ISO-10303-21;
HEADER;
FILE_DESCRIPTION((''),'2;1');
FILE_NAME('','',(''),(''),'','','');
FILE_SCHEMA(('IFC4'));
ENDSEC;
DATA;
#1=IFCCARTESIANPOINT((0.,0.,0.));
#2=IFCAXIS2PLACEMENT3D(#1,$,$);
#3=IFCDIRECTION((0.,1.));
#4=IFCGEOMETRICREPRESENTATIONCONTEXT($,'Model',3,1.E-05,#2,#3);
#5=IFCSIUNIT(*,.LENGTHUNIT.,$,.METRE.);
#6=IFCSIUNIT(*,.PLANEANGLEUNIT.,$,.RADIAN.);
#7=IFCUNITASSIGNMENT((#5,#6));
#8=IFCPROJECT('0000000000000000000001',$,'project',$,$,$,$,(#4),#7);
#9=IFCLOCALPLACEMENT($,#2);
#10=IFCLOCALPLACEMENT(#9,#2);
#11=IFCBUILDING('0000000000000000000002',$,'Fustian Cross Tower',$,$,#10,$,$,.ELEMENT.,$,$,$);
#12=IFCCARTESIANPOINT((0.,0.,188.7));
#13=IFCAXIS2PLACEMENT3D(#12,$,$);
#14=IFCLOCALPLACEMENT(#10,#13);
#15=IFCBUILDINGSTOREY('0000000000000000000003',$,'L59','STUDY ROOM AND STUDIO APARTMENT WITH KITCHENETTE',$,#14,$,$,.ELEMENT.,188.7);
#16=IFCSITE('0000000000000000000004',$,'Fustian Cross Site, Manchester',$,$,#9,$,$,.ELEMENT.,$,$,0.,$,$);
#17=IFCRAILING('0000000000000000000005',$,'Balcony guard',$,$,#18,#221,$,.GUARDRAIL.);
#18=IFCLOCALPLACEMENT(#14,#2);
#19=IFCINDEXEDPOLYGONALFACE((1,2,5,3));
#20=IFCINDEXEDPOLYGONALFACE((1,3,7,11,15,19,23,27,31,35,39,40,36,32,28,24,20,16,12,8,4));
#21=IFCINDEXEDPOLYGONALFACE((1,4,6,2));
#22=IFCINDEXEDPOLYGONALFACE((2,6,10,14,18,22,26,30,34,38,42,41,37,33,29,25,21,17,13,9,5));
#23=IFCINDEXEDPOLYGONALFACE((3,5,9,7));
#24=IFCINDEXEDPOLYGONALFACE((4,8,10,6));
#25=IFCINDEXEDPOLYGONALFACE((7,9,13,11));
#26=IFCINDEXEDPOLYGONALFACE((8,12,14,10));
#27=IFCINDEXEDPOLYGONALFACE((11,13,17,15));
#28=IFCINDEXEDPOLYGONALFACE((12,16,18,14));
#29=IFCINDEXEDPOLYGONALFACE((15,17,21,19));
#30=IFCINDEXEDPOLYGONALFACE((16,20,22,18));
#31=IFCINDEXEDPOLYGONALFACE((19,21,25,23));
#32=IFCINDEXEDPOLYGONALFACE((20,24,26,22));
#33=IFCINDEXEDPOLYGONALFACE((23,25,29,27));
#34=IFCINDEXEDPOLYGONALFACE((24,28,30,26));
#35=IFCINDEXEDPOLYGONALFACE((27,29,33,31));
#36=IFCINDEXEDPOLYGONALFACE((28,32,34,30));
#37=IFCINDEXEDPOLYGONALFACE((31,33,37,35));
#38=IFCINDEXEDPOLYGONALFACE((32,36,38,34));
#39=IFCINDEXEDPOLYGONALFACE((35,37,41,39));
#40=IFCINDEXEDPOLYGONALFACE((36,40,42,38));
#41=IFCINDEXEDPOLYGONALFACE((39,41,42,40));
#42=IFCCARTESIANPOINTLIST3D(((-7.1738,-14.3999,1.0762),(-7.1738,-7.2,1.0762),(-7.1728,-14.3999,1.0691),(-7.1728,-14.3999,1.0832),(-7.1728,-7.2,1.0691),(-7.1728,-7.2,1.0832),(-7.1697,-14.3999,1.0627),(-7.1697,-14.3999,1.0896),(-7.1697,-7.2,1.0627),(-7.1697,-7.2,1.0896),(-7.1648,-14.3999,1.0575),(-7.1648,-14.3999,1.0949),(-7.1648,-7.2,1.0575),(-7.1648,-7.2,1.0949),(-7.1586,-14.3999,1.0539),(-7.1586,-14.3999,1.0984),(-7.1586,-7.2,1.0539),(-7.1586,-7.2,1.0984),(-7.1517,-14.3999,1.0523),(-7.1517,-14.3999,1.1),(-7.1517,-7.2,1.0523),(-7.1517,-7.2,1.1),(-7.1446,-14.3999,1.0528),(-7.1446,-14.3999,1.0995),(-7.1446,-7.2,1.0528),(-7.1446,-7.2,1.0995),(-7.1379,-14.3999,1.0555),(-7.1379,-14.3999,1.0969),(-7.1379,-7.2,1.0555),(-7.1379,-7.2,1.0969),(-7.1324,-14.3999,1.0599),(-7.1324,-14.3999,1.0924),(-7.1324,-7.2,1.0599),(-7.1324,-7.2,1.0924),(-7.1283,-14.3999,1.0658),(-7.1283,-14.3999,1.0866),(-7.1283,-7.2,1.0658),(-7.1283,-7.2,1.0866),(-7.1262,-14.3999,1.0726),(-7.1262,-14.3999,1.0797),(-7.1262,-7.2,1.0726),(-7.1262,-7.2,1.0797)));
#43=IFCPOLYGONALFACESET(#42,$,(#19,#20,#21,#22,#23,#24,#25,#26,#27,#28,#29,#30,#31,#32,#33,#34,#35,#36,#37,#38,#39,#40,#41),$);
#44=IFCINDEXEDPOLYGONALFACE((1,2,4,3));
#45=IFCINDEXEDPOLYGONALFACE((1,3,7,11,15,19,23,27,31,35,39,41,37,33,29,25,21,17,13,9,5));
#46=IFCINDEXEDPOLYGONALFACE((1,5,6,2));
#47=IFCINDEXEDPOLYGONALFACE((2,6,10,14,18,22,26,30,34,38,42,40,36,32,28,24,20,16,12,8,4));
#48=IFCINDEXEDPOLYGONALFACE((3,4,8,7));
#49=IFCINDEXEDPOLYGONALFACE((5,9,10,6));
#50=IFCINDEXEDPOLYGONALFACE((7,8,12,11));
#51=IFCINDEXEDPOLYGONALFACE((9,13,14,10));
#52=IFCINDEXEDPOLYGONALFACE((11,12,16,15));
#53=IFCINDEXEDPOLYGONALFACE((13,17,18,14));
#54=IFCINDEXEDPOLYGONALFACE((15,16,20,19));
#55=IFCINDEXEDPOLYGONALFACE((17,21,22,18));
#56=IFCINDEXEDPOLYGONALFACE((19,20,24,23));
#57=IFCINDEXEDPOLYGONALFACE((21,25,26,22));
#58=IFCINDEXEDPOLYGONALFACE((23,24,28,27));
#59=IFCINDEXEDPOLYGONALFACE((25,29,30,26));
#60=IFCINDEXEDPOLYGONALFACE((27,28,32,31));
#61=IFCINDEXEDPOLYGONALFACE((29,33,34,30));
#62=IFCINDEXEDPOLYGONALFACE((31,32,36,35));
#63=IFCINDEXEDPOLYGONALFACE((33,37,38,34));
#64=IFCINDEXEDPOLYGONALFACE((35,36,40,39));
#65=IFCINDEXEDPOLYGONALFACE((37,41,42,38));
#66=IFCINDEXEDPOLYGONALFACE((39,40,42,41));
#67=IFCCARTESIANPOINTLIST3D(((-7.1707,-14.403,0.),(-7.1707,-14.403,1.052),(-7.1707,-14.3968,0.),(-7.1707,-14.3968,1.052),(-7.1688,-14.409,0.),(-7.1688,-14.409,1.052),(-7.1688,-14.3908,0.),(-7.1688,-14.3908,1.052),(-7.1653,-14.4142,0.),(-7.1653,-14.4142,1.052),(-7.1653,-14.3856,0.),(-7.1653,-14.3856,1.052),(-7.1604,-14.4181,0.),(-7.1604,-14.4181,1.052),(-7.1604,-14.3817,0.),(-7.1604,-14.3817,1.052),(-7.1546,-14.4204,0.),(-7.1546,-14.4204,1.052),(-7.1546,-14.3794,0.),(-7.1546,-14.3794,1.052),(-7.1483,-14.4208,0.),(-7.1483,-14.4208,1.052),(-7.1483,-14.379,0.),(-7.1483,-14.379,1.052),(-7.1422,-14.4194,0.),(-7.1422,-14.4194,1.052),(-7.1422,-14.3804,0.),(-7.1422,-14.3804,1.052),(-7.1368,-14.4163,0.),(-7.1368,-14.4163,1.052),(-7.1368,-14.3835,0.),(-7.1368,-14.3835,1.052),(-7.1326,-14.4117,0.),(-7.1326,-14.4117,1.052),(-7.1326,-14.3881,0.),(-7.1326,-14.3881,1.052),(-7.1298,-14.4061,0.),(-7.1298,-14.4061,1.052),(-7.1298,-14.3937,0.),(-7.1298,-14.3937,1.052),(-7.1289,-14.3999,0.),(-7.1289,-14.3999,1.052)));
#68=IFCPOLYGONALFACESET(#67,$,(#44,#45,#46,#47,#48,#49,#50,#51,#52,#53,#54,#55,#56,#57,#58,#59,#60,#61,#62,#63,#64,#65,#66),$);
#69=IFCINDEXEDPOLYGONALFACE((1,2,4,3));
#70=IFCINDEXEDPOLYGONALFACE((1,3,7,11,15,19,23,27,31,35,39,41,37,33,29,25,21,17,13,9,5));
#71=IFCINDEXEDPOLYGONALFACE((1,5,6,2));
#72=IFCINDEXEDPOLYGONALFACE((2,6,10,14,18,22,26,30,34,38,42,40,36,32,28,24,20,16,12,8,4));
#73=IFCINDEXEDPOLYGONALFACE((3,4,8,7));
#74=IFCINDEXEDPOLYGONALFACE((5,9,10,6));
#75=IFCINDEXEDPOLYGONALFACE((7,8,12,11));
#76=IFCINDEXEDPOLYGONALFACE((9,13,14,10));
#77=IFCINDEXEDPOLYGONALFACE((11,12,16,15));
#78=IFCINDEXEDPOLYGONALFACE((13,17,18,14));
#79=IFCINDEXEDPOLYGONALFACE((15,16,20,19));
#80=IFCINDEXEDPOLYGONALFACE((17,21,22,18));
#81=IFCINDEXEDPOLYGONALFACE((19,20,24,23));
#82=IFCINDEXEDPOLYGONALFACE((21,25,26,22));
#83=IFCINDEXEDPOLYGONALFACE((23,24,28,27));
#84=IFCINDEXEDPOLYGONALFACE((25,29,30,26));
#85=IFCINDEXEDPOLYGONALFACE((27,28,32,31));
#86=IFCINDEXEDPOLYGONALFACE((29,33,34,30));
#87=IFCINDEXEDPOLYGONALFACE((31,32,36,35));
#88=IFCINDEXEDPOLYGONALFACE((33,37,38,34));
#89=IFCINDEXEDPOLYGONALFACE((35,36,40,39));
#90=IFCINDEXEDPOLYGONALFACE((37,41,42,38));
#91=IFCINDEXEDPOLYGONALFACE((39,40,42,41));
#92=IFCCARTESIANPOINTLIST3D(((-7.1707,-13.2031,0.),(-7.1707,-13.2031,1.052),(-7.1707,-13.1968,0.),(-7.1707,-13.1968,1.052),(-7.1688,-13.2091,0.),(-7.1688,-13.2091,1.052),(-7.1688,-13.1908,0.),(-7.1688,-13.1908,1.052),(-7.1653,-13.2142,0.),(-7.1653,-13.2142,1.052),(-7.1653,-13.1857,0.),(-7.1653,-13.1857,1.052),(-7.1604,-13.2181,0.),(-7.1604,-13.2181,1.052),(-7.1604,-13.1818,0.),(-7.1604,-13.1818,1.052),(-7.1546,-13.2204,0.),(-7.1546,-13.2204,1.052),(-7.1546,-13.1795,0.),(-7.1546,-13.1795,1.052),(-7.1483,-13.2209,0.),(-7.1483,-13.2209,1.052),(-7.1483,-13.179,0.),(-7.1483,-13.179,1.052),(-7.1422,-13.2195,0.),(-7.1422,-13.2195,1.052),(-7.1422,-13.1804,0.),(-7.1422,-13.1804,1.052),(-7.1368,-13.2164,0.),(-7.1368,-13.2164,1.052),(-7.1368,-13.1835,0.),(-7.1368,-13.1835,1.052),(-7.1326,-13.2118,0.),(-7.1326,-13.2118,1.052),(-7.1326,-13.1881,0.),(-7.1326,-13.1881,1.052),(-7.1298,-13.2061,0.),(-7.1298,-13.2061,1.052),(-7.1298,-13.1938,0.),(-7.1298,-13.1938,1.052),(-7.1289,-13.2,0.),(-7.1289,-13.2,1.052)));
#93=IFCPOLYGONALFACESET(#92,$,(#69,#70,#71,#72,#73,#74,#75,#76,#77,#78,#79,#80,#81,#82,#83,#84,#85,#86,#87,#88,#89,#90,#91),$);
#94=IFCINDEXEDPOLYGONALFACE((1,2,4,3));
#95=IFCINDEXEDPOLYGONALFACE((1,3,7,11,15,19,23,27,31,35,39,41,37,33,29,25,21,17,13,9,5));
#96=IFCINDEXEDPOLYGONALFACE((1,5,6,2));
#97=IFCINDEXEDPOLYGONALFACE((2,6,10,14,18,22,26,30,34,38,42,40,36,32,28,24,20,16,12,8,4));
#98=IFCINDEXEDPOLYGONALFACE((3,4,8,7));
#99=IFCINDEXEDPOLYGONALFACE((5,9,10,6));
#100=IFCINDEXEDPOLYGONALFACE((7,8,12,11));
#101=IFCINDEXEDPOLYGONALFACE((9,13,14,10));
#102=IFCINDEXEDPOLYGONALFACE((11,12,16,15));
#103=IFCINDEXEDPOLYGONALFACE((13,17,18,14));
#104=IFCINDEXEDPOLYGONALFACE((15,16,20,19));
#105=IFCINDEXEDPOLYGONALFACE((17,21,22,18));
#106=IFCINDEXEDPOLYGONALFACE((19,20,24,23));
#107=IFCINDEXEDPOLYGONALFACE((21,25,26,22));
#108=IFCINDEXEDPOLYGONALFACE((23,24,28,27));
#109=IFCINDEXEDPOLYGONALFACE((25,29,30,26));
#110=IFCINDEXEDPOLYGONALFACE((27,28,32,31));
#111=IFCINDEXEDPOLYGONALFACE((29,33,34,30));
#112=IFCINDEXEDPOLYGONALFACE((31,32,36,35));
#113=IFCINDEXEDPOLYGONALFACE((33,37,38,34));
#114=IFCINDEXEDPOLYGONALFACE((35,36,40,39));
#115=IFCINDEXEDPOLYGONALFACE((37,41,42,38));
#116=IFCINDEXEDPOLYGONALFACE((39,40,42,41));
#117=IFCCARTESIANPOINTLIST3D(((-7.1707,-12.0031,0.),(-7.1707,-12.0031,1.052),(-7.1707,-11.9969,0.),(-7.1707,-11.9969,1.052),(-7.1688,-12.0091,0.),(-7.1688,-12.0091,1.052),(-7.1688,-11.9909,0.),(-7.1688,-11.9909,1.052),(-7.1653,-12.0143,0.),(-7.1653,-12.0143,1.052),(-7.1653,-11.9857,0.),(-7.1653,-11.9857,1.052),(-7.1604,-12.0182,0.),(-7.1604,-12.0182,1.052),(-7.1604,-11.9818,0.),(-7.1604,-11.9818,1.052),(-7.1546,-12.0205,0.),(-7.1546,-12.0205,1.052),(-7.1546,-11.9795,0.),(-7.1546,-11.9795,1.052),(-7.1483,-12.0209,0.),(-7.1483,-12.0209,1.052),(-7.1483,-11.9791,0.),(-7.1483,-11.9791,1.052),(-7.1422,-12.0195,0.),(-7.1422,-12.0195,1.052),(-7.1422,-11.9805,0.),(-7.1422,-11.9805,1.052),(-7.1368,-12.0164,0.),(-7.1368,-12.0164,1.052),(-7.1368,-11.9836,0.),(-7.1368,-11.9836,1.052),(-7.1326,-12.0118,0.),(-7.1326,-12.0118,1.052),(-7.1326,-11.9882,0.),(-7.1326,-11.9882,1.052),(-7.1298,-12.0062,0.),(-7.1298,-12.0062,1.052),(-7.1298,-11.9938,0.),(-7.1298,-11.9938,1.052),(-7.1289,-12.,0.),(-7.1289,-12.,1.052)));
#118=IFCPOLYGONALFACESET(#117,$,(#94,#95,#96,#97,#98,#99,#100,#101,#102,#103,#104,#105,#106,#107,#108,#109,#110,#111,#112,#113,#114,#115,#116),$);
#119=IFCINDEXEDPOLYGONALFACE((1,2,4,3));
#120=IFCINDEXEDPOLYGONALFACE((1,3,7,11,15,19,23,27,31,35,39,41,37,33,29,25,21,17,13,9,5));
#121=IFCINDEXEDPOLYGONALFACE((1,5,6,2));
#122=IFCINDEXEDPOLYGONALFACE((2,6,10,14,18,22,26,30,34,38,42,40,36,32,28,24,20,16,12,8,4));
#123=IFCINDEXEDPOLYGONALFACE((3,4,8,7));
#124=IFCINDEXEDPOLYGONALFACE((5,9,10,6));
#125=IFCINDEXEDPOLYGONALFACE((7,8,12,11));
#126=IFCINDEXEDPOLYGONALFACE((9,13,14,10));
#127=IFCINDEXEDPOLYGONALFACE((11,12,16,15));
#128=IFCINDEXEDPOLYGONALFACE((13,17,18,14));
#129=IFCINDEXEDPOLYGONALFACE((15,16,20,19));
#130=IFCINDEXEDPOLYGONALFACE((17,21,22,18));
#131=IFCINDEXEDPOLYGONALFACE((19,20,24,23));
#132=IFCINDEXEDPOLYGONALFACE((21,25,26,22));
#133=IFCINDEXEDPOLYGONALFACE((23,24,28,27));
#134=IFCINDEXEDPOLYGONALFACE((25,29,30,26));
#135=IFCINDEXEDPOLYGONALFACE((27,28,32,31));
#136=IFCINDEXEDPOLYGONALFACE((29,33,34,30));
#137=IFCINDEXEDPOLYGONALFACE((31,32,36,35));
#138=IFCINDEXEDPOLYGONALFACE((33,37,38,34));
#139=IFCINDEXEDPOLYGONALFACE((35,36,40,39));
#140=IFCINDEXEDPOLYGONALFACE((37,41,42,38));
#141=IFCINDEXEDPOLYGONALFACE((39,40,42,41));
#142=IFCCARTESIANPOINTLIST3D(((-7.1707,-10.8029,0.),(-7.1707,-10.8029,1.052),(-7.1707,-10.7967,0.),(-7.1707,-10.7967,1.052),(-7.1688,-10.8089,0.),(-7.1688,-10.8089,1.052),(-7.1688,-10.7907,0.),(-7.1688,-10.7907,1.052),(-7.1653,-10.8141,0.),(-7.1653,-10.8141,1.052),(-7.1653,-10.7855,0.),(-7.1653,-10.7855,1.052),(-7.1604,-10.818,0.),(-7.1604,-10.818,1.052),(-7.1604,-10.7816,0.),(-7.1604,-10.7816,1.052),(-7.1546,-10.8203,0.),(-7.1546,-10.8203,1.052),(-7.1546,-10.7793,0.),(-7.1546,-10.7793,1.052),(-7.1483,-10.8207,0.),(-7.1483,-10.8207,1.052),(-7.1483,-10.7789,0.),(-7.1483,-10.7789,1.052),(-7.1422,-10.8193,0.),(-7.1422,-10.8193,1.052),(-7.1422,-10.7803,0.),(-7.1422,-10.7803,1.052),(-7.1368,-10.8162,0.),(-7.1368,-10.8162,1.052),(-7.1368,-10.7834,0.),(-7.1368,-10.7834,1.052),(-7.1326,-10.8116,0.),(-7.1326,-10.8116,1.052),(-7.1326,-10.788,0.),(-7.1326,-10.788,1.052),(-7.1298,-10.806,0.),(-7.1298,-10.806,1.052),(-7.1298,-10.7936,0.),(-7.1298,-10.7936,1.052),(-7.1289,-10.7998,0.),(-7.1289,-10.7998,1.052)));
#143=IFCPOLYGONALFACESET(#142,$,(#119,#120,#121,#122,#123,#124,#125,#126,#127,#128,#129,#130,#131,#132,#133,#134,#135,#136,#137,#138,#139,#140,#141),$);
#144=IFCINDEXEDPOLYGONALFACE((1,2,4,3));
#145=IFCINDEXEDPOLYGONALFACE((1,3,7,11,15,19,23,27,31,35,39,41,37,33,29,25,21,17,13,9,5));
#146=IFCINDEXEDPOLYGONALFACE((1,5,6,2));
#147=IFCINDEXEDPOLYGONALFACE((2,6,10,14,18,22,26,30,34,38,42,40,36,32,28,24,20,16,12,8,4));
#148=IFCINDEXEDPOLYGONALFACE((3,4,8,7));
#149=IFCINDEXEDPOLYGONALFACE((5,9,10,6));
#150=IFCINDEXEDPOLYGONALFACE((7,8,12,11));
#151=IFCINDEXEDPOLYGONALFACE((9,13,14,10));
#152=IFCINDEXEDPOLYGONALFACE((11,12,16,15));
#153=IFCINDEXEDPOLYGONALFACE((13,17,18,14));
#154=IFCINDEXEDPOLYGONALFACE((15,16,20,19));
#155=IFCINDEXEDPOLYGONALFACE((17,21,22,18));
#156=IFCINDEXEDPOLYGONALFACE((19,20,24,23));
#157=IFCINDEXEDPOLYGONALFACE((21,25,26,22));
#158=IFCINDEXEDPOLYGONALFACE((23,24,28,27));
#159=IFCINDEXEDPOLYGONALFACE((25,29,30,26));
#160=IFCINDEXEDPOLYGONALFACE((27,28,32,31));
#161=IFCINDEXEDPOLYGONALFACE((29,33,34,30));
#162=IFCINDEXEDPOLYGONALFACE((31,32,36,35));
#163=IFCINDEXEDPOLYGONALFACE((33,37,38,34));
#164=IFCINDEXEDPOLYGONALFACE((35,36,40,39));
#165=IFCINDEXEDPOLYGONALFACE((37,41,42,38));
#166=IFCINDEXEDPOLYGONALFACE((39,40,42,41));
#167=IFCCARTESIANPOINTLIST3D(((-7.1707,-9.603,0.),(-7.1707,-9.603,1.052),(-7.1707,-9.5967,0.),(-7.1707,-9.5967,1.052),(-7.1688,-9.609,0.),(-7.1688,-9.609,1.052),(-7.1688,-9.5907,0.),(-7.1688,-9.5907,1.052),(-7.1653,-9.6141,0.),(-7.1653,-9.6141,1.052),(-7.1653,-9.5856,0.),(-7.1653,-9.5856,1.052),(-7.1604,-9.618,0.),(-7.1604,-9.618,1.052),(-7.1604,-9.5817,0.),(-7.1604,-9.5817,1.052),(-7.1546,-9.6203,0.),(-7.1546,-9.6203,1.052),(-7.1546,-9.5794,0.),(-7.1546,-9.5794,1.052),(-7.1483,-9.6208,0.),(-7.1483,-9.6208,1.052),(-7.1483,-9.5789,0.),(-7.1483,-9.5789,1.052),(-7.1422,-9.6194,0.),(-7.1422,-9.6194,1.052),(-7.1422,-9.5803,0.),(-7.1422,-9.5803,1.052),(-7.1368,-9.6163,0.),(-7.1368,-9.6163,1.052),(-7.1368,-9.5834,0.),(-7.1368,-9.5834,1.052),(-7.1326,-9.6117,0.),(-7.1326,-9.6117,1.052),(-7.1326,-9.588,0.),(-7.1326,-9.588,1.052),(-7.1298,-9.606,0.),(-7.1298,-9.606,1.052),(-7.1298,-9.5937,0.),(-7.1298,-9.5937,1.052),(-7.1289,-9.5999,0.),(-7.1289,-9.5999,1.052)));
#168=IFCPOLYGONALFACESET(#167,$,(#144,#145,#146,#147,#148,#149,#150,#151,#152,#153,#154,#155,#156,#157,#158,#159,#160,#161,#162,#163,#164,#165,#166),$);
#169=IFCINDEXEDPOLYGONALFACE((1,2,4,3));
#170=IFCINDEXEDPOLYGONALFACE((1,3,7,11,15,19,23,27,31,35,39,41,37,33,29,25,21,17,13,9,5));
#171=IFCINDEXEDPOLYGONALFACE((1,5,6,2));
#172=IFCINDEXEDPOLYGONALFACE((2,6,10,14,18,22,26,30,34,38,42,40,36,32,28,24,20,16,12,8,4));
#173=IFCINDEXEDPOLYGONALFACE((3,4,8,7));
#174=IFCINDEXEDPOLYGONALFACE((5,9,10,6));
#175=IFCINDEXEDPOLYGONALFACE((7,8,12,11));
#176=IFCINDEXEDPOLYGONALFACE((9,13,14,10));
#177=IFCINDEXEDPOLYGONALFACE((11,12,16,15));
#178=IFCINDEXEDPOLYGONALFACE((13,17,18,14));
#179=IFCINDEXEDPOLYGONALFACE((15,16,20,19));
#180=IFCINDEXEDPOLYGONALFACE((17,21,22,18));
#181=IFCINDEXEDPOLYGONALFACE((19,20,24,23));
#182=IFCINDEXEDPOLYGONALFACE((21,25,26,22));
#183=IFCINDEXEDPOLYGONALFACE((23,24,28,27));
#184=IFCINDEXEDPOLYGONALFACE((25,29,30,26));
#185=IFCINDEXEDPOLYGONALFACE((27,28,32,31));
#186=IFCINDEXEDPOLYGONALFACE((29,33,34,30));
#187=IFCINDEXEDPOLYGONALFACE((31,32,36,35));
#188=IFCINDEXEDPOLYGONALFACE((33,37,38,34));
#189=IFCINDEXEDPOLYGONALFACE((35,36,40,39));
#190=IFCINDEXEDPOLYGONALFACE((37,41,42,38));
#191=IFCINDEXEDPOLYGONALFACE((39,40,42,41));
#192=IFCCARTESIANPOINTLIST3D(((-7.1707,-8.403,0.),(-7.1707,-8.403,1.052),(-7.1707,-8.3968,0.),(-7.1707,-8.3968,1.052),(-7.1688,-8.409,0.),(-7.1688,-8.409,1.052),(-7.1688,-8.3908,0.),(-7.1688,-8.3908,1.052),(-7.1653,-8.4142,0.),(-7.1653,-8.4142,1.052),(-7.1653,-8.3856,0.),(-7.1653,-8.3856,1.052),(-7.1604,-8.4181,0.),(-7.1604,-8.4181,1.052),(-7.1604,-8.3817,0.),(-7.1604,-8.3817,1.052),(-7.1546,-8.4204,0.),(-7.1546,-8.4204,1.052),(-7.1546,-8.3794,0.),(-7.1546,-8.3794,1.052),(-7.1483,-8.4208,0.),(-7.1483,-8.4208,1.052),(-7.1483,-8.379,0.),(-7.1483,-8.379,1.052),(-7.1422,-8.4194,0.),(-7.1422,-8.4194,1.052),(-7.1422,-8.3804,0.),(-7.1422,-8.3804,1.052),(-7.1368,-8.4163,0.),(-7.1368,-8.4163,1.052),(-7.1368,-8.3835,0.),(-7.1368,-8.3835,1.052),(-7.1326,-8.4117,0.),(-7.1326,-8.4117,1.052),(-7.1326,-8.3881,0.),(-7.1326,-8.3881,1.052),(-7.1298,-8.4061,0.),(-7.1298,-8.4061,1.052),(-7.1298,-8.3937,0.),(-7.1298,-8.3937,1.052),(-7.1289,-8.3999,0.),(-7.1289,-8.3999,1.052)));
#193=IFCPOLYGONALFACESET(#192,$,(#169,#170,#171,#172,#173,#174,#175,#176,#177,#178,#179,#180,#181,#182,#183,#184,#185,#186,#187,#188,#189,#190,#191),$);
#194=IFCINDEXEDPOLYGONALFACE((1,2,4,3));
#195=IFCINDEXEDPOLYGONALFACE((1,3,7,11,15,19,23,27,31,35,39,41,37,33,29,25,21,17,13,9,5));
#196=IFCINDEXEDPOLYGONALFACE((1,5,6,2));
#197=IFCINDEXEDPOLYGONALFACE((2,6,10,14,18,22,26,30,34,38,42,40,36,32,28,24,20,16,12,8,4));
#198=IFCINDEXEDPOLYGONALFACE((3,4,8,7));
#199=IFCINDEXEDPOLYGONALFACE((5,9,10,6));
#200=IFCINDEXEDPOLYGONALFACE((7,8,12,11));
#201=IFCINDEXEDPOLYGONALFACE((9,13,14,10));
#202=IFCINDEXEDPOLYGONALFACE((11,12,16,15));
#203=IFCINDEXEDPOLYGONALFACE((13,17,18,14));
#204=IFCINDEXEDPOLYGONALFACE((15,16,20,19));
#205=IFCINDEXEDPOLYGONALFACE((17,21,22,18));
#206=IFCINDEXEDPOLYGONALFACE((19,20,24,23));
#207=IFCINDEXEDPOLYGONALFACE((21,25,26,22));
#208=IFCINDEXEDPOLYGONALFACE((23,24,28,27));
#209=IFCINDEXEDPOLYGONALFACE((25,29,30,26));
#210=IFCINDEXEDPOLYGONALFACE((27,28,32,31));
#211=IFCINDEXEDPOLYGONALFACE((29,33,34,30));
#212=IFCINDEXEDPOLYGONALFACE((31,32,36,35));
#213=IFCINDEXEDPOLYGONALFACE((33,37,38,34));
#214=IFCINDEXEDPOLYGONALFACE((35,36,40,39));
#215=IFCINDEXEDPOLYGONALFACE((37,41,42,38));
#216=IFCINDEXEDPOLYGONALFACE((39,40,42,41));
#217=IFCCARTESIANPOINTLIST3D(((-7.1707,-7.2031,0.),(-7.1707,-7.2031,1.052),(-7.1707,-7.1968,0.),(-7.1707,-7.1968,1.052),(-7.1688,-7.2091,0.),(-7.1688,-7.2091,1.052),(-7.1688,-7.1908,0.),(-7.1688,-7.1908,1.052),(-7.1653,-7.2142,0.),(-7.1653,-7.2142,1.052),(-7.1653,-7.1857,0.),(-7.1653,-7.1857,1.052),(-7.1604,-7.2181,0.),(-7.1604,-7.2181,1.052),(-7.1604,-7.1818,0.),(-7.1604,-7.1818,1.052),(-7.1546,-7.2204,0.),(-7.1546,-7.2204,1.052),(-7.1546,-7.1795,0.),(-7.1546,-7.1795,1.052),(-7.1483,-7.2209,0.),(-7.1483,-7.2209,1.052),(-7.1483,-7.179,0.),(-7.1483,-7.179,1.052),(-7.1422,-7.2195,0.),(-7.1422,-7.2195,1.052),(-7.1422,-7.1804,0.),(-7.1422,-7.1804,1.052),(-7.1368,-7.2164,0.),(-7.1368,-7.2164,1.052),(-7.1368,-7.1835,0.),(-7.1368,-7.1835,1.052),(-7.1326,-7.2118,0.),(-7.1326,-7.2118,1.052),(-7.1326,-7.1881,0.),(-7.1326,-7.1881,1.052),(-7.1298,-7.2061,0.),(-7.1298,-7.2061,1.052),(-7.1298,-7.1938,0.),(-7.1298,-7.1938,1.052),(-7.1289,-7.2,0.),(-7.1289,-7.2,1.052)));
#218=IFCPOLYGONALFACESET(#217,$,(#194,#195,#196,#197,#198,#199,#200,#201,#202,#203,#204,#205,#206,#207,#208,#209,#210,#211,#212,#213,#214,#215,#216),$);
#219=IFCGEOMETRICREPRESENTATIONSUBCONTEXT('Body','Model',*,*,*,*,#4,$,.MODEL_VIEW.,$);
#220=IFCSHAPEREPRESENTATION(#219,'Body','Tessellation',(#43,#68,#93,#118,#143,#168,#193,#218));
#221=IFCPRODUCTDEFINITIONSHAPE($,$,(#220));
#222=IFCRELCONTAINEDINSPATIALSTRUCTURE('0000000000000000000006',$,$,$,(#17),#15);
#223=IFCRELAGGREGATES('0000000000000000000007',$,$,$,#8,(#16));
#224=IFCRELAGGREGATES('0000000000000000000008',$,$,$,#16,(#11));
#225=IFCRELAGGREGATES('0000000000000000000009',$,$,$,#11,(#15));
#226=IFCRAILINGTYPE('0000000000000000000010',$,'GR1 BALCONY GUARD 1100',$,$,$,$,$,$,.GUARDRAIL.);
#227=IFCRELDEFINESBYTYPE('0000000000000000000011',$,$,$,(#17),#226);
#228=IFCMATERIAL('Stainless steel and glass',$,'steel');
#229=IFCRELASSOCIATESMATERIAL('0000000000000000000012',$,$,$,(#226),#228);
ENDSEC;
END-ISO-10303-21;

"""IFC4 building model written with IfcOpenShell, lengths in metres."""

from ifc_helpers import new_model, si_unit, direction, frame, origin, origin_2d, place, context, subcontext, project, spatial, circle, extrude, material, type_object, element, save


model = new_model("IFC4")

# Units and contexts
model_context = context("Model", 3, precision=1e-05, world=origin(), true_north=direction((0.0, 1.0)))
body_context = subcontext(model_context, "Body", "Model", "MODEL_VIEW")
ifc_project = project(units=[si_unit("LENGTHUNIT", "METRE"), si_unit("PLANEANGLEUNIT", "RADIAN")], contexts=[model_context])

# Site, building, storey
site_placement = place(None, origin())
site = spatial("IfcSite", under=ifc_project, at=site_placement, Name="Fustian Cross Site, Manchester", CompositionType="ELEMENT", RefElevation=0.0)
building_placement = place(site_placement, origin())
building = spatial("IfcBuilding", under=site, at=building_placement, Name="Fustian Cross Tower", CompositionType="ELEMENT")
storey_placement = place(building_placement, frame((0.0, 0.0, 188.7)))
storey = spatial("IfcBuildingStorey", under=building, at=storey_placement, Name="L59", Description="STUDY ROOM AND STUDIO APARTMENT WITH KITCHENETTE", CompositionType="ELEMENT", Elevation=188.7)

# Railing
ifc_material_1 = material(Name="Stainless steel and glass", Category="steel")
railing_type = type_object("IfcRailingType", Name="GR1 BALCONY GUARD 1100", PredefinedType="GUARDRAIL", material=ifc_material_1)
railing_placement = place(storey_placement, frame((-7.1499, -14.3999, 0.0)))
element("IfcRailing", 1, at=railing_placement, inside=storey, type_object=railing_type, Name="Balcony guard", PredefinedType="GUARDRAIL", context=body_context, shape_type="SweptSolid", body=[
    extrude(circle(Radius=0.0239, at=origin_2d()), frame((0.0, 0.0, 1.0762), z_axis=(0.0, 1.0, 0.0), x_axis=(-1.0, 0.0, 0.0)), (0.0, 0.0, 1.0), 7.2),
    extrude(circle(Radius=0.021, at=origin_2d()), origin(), (0.0, 0.0, 1.0), 1.052),
    extrude(circle(Radius=0.021, at=origin_2d()), frame((0.0, 1.2, 0.0)), (0.0, 0.0, 1.0), 1.052),
    extrude(circle(Radius=0.021, at=origin_2d()), frame((0.0, 2.3999, 0.0)), (0.0, 0.0, 1.0), 1.052),
    extrude(circle(Radius=0.021, at=origin_2d()), frame((0.0, 3.6001, 0.0)), (0.0, 0.0, 1.0), 1.052),
    extrude(circle(Radius=0.021, at=origin_2d()), frame((0.0, 4.8, 0.0)), (0.0, 0.0, 1.0), 1.052),
    extrude(circle(Radius=0.021, at=origin_2d()), frame((0.0, 6.0, 0.0)), (0.0, 0.0, 1.0), 1.052),
    extrude(circle(Radius=0.021, at=origin_2d()), frame((0.0, 7.2, 0.0)), (0.0, 0.0, 1.0), 1.052),
])

save(model, "model.ifc")
